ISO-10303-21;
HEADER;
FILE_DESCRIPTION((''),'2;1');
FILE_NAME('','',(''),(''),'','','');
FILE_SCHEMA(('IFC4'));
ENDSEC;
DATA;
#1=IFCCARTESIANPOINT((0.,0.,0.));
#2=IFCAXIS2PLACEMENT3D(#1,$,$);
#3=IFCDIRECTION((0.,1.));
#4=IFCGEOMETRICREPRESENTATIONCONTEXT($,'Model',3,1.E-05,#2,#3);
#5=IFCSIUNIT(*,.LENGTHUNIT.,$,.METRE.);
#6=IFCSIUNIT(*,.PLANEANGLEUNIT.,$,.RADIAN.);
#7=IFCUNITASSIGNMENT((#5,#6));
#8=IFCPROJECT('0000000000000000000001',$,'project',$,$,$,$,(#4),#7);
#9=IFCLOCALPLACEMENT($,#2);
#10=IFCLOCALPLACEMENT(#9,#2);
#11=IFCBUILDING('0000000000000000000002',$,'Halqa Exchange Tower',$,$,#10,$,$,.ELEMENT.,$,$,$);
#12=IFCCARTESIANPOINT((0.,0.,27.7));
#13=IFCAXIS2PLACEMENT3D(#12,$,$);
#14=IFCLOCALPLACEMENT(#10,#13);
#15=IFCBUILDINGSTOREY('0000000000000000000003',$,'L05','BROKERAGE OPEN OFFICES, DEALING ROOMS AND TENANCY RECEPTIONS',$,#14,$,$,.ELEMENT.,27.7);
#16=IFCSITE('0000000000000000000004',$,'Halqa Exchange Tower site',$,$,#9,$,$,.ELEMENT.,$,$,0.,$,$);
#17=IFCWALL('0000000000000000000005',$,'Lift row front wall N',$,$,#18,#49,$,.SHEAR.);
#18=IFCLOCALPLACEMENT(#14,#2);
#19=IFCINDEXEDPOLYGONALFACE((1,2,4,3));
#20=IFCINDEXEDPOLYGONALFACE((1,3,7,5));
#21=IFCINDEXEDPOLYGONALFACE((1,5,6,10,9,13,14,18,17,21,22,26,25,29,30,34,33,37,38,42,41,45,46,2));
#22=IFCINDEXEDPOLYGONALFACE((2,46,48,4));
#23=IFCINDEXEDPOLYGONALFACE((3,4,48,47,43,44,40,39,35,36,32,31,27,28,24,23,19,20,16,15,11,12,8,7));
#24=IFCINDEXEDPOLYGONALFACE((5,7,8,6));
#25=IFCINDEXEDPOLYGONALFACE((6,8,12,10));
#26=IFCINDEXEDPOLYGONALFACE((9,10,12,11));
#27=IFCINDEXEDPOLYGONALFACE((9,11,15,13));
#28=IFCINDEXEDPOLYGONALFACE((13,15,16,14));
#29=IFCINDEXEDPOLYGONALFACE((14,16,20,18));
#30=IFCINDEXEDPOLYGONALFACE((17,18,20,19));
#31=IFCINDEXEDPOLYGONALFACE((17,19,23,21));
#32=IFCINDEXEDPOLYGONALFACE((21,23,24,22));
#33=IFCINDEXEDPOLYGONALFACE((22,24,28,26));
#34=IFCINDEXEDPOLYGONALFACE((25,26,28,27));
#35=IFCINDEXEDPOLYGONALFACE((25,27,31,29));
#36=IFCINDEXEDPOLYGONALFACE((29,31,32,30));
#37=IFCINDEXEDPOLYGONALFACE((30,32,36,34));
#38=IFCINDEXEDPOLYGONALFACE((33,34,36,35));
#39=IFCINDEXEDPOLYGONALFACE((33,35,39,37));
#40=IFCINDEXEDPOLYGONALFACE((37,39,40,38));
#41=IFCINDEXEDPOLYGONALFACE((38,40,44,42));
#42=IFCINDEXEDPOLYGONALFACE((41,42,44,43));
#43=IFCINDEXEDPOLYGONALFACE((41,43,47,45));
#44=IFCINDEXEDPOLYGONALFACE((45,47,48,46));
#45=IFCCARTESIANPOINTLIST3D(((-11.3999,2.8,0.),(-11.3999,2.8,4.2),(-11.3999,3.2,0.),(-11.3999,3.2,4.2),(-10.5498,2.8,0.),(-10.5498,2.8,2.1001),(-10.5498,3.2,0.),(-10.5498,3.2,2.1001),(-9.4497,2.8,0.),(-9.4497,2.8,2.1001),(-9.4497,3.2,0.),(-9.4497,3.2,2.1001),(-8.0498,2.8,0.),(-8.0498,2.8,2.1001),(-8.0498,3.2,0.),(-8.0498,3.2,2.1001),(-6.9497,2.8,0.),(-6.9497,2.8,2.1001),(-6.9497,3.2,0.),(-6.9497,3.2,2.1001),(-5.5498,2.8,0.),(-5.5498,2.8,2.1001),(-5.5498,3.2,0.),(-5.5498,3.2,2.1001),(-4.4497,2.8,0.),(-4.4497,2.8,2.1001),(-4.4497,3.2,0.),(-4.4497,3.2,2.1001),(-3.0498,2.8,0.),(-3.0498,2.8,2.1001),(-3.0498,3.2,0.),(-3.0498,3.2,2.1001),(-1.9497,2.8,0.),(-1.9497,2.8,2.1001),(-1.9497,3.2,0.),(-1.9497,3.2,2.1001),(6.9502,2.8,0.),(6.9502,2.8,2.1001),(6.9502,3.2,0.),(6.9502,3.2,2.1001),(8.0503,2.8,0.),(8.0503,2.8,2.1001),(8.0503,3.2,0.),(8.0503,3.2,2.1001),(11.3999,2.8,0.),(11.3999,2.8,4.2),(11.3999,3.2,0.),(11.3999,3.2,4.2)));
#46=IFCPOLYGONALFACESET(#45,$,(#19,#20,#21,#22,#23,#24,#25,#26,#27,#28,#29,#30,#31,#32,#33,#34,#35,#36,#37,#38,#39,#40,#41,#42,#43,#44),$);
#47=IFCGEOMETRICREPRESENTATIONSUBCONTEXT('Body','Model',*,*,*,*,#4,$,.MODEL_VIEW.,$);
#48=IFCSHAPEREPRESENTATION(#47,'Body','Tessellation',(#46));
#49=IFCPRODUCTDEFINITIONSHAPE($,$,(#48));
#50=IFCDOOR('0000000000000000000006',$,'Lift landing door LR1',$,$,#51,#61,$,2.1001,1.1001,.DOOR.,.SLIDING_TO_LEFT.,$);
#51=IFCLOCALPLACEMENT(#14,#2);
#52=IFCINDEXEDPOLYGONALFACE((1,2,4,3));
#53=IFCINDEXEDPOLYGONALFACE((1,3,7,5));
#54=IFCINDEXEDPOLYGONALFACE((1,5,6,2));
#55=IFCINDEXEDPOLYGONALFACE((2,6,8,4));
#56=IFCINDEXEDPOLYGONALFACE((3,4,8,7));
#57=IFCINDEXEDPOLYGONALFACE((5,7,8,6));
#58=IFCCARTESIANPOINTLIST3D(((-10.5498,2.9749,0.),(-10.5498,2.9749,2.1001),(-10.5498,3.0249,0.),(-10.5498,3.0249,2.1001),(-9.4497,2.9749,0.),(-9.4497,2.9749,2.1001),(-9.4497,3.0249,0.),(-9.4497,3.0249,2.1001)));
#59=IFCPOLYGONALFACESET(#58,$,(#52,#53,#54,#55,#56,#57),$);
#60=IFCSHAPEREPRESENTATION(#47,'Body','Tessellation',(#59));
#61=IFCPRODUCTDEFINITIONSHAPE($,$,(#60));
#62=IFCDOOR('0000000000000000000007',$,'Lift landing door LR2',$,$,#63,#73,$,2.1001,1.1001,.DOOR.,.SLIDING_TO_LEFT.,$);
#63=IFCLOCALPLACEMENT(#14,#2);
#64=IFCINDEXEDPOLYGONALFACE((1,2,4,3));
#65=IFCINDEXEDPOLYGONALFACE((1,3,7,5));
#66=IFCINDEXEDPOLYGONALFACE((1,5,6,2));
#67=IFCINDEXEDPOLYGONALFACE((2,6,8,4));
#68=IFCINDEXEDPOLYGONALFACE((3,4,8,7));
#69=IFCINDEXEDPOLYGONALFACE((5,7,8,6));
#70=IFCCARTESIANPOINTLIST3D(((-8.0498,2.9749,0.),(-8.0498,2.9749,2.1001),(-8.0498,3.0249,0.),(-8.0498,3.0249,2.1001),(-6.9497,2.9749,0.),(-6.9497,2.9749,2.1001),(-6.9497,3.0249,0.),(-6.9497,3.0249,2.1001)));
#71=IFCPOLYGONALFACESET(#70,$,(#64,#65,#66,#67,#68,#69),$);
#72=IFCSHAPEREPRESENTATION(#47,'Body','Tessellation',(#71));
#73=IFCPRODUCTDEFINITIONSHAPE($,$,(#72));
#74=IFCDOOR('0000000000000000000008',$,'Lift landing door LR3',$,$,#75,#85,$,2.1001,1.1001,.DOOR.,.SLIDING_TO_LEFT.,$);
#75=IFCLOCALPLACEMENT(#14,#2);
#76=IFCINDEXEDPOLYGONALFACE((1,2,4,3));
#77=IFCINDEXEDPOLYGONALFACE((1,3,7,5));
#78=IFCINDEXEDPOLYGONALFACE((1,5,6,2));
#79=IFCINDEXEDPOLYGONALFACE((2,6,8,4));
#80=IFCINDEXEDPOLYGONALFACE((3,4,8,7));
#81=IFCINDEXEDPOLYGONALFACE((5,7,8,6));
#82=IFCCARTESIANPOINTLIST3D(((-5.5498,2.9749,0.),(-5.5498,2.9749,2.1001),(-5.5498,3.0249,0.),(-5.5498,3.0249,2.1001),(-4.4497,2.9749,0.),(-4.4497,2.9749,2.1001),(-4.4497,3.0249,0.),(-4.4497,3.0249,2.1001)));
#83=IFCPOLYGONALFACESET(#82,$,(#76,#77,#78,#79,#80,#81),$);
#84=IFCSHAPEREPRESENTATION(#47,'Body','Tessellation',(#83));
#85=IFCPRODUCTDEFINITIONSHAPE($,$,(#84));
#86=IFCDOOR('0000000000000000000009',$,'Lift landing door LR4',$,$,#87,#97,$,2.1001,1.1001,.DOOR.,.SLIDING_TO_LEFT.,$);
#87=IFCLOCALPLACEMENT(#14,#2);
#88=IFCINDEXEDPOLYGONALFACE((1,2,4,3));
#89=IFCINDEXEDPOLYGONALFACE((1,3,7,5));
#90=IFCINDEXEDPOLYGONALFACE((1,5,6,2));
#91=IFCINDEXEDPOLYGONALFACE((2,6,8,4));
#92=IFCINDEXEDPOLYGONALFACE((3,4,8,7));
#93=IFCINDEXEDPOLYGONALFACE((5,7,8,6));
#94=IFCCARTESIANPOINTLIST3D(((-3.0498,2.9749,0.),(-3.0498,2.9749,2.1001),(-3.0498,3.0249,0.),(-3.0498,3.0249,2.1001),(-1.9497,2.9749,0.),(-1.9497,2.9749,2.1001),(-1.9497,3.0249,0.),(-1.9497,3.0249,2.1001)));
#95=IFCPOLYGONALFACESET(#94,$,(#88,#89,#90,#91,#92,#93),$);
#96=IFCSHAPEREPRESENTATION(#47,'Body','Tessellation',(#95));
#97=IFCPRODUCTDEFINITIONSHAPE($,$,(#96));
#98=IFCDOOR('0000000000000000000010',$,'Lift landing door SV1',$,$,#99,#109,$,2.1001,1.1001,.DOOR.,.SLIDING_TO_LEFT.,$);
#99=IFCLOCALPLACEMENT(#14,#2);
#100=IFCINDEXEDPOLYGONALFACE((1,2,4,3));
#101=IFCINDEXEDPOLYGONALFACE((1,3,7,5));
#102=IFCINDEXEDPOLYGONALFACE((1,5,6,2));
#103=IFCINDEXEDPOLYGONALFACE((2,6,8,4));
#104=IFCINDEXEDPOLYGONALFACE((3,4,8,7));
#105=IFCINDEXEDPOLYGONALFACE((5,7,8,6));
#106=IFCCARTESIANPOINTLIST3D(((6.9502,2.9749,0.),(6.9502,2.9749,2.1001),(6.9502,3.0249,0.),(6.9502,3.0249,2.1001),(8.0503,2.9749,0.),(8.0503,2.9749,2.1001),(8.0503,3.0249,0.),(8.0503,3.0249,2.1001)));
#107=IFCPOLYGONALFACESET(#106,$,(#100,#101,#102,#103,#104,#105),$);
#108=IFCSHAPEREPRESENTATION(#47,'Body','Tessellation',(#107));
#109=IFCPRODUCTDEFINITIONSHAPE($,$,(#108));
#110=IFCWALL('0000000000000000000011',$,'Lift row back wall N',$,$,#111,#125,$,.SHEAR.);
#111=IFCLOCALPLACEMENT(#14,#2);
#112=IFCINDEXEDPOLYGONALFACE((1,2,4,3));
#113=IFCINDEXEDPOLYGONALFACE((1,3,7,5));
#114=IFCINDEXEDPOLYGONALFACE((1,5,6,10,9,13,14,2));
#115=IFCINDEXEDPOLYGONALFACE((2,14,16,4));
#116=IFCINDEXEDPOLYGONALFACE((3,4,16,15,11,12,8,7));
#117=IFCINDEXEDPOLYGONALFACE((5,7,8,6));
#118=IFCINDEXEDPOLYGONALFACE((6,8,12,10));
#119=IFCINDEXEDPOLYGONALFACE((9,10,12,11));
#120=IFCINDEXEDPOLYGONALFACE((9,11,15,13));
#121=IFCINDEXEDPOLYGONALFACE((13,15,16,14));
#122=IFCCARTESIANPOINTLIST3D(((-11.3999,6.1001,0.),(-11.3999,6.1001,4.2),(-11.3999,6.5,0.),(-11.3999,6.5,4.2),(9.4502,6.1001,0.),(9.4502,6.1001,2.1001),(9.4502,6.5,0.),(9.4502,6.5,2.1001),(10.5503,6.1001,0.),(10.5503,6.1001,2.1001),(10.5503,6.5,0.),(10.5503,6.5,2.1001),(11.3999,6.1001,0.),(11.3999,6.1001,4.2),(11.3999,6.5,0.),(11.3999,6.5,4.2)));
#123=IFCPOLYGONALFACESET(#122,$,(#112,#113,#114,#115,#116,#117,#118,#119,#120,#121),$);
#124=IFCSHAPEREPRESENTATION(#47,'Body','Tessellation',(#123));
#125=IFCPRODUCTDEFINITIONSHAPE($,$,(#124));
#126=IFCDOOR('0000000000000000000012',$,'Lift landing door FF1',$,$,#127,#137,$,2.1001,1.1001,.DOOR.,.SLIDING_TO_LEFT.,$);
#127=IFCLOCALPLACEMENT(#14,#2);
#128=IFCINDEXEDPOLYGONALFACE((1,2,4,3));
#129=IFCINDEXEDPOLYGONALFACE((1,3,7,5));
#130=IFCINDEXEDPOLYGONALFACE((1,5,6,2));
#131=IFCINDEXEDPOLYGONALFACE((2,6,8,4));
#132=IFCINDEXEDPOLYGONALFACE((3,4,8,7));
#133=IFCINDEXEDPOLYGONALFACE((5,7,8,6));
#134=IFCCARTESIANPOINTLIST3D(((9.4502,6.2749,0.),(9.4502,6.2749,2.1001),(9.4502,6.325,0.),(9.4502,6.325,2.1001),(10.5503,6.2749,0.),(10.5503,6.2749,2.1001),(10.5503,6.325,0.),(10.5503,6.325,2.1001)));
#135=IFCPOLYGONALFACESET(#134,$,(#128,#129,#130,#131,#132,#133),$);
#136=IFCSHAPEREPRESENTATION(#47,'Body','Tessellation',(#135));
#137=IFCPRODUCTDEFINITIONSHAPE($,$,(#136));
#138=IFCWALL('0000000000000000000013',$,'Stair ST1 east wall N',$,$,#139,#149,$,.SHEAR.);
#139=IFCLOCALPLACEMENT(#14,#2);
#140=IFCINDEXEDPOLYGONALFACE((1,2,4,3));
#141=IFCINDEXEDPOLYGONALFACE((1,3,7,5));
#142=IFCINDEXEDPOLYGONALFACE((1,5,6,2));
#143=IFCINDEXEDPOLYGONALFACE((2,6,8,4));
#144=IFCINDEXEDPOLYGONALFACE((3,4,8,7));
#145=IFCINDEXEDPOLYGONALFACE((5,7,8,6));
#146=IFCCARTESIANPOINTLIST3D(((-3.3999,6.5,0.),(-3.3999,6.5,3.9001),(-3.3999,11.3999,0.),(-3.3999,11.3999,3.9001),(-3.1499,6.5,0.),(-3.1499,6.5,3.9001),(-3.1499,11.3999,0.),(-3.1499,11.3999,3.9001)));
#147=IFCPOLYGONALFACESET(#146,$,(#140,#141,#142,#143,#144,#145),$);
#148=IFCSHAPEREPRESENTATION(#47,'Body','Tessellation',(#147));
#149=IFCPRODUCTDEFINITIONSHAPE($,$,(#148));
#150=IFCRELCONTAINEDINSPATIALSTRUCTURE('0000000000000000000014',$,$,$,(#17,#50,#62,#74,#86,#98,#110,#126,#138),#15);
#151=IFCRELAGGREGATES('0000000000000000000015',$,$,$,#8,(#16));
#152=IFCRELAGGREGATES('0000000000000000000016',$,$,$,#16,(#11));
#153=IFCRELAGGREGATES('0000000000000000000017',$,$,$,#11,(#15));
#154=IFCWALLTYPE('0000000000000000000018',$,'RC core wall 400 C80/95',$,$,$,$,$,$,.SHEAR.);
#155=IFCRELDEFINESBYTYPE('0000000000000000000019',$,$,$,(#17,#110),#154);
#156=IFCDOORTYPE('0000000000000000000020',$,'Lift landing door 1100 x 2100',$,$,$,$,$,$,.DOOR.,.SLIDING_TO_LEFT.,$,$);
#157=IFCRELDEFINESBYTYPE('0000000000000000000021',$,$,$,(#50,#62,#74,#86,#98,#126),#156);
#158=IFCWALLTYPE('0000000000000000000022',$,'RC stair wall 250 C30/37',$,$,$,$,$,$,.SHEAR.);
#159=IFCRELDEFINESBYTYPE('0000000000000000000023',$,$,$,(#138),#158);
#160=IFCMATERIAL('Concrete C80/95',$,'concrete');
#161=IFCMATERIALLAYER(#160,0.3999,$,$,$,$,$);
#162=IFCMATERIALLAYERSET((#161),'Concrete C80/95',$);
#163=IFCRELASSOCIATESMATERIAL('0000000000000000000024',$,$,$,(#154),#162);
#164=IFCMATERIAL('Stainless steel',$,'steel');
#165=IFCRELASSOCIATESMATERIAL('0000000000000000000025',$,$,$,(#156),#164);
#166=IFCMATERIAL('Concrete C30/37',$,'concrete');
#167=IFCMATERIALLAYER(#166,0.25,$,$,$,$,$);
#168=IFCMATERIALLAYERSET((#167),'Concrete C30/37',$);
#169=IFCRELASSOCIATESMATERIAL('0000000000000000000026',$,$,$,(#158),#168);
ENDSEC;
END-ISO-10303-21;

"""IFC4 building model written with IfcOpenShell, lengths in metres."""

from ifc_helpers import new_model, si_unit, direction, frame, frame_2d, origin, place, context, subcontext, project, spatial, rectangle, extrude, material, layer, layer_set, type_object, element, fill, save


model = new_model("IFC4")

# Units and contexts
model_context = context("Model", 3, precision=1e-05, world=origin(), true_north=direction((0.0, 1.0)))
body_context = subcontext(model_context, "Body", "Model", "MODEL_VIEW")
ifc_project = project(units=[si_unit("LENGTHUNIT", "METRE"), si_unit("PLANEANGLEUNIT", "RADIAN")], contexts=[model_context])

# Site, building, storey
site_placement = place(None, origin())
site = spatial("IfcSite", under=ifc_project, at=site_placement, Name="Halqa Exchange Tower site", CompositionType="ELEMENT", RefElevation=0.0)
building_placement = place(site_placement, origin())
building = spatial("IfcBuilding", under=site, at=building_placement, Name="Halqa Exchange Tower", CompositionType="ELEMENT")
storey_placement = place(building_placement, frame((0.0, 0.0, 27.7)))
storey = spatial("IfcBuildingStorey", under=building, at=storey_placement, Name="L05", Description="BROKERAGE OPEN OFFICES, DEALING ROOMS AND TENANCY RECEPTIONS", CompositionType="ELEMENT", Elevation=27.7)

# Wall, openings, doors
ifc_material_1 = material(Name="Concrete C80/95", Category="concrete")
ifc_layer_1 = layer(ifc_material_1, 0.3999)
ifc_layer_set_1 = layer_set([ifc_layer_1], Name="Concrete C80/95")
wall_type_1 = type_object("IfcWallType", Name="RC core wall 400 C80/95", PredefinedType="SHEAR", material=ifc_layer_set_1)
wall_1_placement = place(storey_placement, frame((-11.3999, 3.0, 0.0), z_axis=(0.0, 0.0, 1.0), x_axis=(1.0, 0.0, 0.0)))
wall_1 = element("IfcWall", 1, at=wall_1_placement, inside=storey, type_object=wall_type_1, Name="Lift row front wall N", PredefinedType="SHEAR", context=body_context, shape_type="SweptSolid", body=[
    extrude(rectangle(XDim=22.7998, YDim=0.3999, at=frame_2d((11.3999, 0.0))), origin(), (0.0, 0.0, 1.0), 4.2),
])
opening_1_placement = place(wall_1_placement, frame((0.8501, 0.0, 0.0)))
opening_1 = element("IfcOpeningElement", 2, at=opening_1_placement, cuts=wall_1, PredefinedType="OPENING", context=body_context, shape_type="SweptSolid", body=[
    extrude(rectangle(XDim=1.1001, YDim=2.1001, at=frame_2d((0.55, 1.05))), frame((0.0, 0.2119, 0.0), z_axis=(0.0, -1.0, 0.0), x_axis=(1.0, 0.0, 0.0)), (0.0, 0.0, 1.0), 0.4238),
])
opening_2_placement = place(wall_1_placement, frame((3.3501, 0.0, 0.0)))
opening_2 = element("IfcOpeningElement", 3, at=opening_2_placement, cuts=wall_1, PredefinedType="OPENING", context=body_context, shape_type="SweptSolid", body=[
    extrude(rectangle(XDim=1.1001, YDim=2.1001, at=frame_2d((0.55, 1.05))), frame((0.0, 0.2119, 0.0), z_axis=(0.0, -1.0, 0.0), x_axis=(1.0, 0.0, 0.0)), (0.0, 0.0, 1.0), 0.4238),
])
opening_3_placement = place(wall_1_placement, frame((5.8501, 0.0, 0.0)))
opening_3 = element("IfcOpeningElement", 4, at=opening_3_placement, cuts=wall_1, PredefinedType="OPENING", context=body_context, shape_type="SweptSolid", body=[
    extrude(rectangle(XDim=1.1001, YDim=2.1001, at=frame_2d((0.55, 1.05))), frame((0.0, 0.2119, 0.0), z_axis=(0.0, -1.0, 0.0), x_axis=(1.0, 0.0, 0.0)), (0.0, 0.0, 1.0), 0.4238),
])
opening_4_placement = place(wall_1_placement, frame((8.3501, 0.0, 0.0)))
opening_4 = element("IfcOpeningElement", 5, at=opening_4_placement, cuts=wall_1, PredefinedType="OPENING", context=body_context, shape_type="SweptSolid", body=[
    extrude(rectangle(XDim=1.1001, YDim=2.1001, at=frame_2d((0.55, 1.05))), frame((0.0, 0.2119, 0.0), z_axis=(0.0, -1.0, 0.0), x_axis=(1.0, 0.0, 0.0)), (0.0, 0.0, 1.0), 0.4238),
])
opening_5_placement = place(wall_1_placement, frame((18.3501, 0.0, 0.0)))
opening_5 = element("IfcOpeningElement", 6, at=opening_5_placement, cuts=wall_1, PredefinedType="OPENING", context=body_context, shape_type="SweptSolid", body=[
    extrude(rectangle(XDim=1.1001, YDim=2.1001, at=frame_2d((0.55, 1.05))), frame((0.0, 0.2119, 0.0), z_axis=(0.0, -1.0, 0.0), x_axis=(1.0, 0.0, 0.0)), (0.0, 0.0, 1.0), 0.4238),
])
ifc_material_2 = material(Name="Stainless steel", Category="steel")
door_type = type_object("IfcDoorType", Name="Lift landing door 1100 x 2100", OperationType="SLIDING_TO_LEFT", PredefinedType="DOOR", material=ifc_material_2)
door_1_placement = place(opening_1_placement, origin())
door_1 = element("IfcDoor", 7, at=door_1_placement, inside=storey, type_object=door_type, Name="Lift landing door LR1", OperationType="SLIDING_TO_LEFT", OverallHeight=2.1001, OverallWidth=1.1001, PredefinedType="DOOR", context=body_context, shape_type="SweptSolid", body=[
    extrude(rectangle(XDim=1.1001, YDim=2.1001, at=frame_2d((0.55, 1.05))), frame((0.0, 0.0249, 0.0), z_axis=(0.0, -1.0, 0.0), x_axis=(1.0, 0.0, 0.0)), (0.0, 0.0, 1.0), 0.05),
])
fill(opening_1, door_1)
door_2_placement = place(opening_2_placement, origin())
door_2 = element("IfcDoor", 8, at=door_2_placement, inside=storey, type_object=door_type, Name="Lift landing door LR2", OperationType="SLIDING_TO_LEFT", OverallHeight=2.1001, OverallWidth=1.1001, PredefinedType="DOOR", context=body_context, shape_type="SweptSolid", body=[
    extrude(rectangle(XDim=1.1001, YDim=2.1001, at=frame_2d((0.55, 1.05))), frame((0.0, 0.0249, 0.0), z_axis=(0.0, -1.0, 0.0), x_axis=(1.0, 0.0, 0.0)), (0.0, 0.0, 1.0), 0.05),
])
fill(opening_2, door_2)
door_3_placement = place(opening_3_placement, origin())
door_3 = element("IfcDoor", 9, at=door_3_placement, inside=storey, type_object=door_type, Name="Lift landing door LR3", OperationType="SLIDING_TO_LEFT", OverallHeight=2.1001, OverallWidth=1.1001, PredefinedType="DOOR", context=body_context, shape_type="SweptSolid", body=[
    extrude(rectangle(XDim=1.1001, YDim=2.1001, at=frame_2d((0.55, 1.05))), frame((0.0, 0.0249, 0.0), z_axis=(0.0, -1.0, 0.0), x_axis=(1.0, 0.0, 0.0)), (0.0, 0.0, 1.0), 0.05),
])
fill(opening_3, door_3)
door_4_placement = place(opening_4_placement, origin())
door_4 = element("IfcDoor", 10, at=door_4_placement, inside=storey, type_object=door_type, Name="Lift landing door LR4", OperationType="SLIDING_TO_LEFT", OverallHeight=2.1001, OverallWidth=1.1001, PredefinedType="DOOR", context=body_context, shape_type="SweptSolid", body=[
    extrude(rectangle(XDim=1.1001, YDim=2.1001, at=frame_2d((0.55, 1.05))), frame((0.0, 0.0249, 0.0), z_axis=(0.0, -1.0, 0.0), x_axis=(1.0, 0.0, 0.0)), (0.0, 0.0, 1.0), 0.05),
])
fill(opening_4, door_4)
door_5_placement = place(opening_5_placement, origin())
door_5 = element("IfcDoor", 11, at=door_5_placement, inside=storey, type_object=door_type, Name="Lift landing door SV1", OperationType="SLIDING_TO_LEFT", OverallHeight=2.1001, OverallWidth=1.1001, PredefinedType="DOOR", context=body_context, shape_type="SweptSolid", body=[
    extrude(rectangle(XDim=1.1001, YDim=2.1001, at=frame_2d((0.55, 1.05))), frame((0.0, 0.0249, 0.0), z_axis=(0.0, -1.0, 0.0), x_axis=(1.0, 0.0, 0.0)), (0.0, 0.0, 1.0), 0.05),
])
fill(opening_5, door_5)

# Wall, opening, door
wall_2_placement = place(storey_placement, frame((-11.3999, 6.3, 0.0), z_axis=(0.0, 0.0, 1.0), x_axis=(1.0, 0.0, 0.0)))
wall_2 = element("IfcWall", 12, at=wall_2_placement, inside=storey, type_object=wall_type_1, Name="Lift row back wall N", PredefinedType="SHEAR", context=body_context, shape_type="SweptSolid", body=[
    extrude(rectangle(XDim=22.7998, YDim=0.3999, at=frame_2d((11.3999, 0.0))), origin(), (0.0, 0.0, 1.0), 4.2),
])
opening_6_placement = place(wall_2_placement, frame((20.8501, 0.0, 0.0)))
opening_6 = element("IfcOpeningElement", 13, at=opening_6_placement, cuts=wall_2, PredefinedType="OPENING", context=body_context, shape_type="SweptSolid", body=[
    extrude(rectangle(XDim=1.1001, YDim=2.1001, at=frame_2d((0.55, 1.05))), frame((0.0, 0.2119, 0.0), z_axis=(0.0, -1.0, 0.0), x_axis=(1.0, 0.0, 0.0)), (0.0, 0.0, 1.0), 0.4238),
])
door_6_placement = place(opening_6_placement, origin())
door_6 = element("IfcDoor", 14, at=door_6_placement, inside=storey, type_object=door_type, Name="Lift landing door FF1", OperationType="SLIDING_TO_LEFT", OverallHeight=2.1001, OverallWidth=1.1001, PredefinedType="DOOR", context=body_context, shape_type="SweptSolid", body=[
    extrude(rectangle(XDim=1.1001, YDim=2.1001, at=frame_2d((0.55, 1.05))), frame((0.0, 0.0249, 0.0), z_axis=(0.0, -1.0, 0.0), x_axis=(1.0, 0.0, 0.0)), (0.0, 0.0, 1.0), 0.05),
])
fill(opening_6, door_6)

# Wall
ifc_material_3 = material(Name="Concrete C30/37", Category="concrete")
ifc_layer_2 = layer(ifc_material_3, 0.25)
ifc_layer_set_2 = layer_set([ifc_layer_2], Name="Concrete C30/37")
wall_type_2 = type_object("IfcWallType", Name="RC stair wall 250 C30/37", PredefinedType="SHEAR", material=ifc_layer_set_2)
wall_3_placement = place(storey_placement, frame((-3.2749, 6.5, 0.0), z_axis=(0.0, 0.0, 1.0), x_axis=(0.0, 1.0, 0.0)))
element("IfcWall", 15, at=wall_3_placement, inside=storey, type_object=wall_type_2, Name="Stair ST1 east wall N", PredefinedType="SHEAR", context=body_context, shape_type="SweptSolid", body=[
    extrude(rectangle(XDim=4.8999, YDim=0.25, at=frame_2d((2.45, 0.0))), origin(), (0.0, 0.0, 1.0), 3.9001),
])

save(model, "model.ifc")
